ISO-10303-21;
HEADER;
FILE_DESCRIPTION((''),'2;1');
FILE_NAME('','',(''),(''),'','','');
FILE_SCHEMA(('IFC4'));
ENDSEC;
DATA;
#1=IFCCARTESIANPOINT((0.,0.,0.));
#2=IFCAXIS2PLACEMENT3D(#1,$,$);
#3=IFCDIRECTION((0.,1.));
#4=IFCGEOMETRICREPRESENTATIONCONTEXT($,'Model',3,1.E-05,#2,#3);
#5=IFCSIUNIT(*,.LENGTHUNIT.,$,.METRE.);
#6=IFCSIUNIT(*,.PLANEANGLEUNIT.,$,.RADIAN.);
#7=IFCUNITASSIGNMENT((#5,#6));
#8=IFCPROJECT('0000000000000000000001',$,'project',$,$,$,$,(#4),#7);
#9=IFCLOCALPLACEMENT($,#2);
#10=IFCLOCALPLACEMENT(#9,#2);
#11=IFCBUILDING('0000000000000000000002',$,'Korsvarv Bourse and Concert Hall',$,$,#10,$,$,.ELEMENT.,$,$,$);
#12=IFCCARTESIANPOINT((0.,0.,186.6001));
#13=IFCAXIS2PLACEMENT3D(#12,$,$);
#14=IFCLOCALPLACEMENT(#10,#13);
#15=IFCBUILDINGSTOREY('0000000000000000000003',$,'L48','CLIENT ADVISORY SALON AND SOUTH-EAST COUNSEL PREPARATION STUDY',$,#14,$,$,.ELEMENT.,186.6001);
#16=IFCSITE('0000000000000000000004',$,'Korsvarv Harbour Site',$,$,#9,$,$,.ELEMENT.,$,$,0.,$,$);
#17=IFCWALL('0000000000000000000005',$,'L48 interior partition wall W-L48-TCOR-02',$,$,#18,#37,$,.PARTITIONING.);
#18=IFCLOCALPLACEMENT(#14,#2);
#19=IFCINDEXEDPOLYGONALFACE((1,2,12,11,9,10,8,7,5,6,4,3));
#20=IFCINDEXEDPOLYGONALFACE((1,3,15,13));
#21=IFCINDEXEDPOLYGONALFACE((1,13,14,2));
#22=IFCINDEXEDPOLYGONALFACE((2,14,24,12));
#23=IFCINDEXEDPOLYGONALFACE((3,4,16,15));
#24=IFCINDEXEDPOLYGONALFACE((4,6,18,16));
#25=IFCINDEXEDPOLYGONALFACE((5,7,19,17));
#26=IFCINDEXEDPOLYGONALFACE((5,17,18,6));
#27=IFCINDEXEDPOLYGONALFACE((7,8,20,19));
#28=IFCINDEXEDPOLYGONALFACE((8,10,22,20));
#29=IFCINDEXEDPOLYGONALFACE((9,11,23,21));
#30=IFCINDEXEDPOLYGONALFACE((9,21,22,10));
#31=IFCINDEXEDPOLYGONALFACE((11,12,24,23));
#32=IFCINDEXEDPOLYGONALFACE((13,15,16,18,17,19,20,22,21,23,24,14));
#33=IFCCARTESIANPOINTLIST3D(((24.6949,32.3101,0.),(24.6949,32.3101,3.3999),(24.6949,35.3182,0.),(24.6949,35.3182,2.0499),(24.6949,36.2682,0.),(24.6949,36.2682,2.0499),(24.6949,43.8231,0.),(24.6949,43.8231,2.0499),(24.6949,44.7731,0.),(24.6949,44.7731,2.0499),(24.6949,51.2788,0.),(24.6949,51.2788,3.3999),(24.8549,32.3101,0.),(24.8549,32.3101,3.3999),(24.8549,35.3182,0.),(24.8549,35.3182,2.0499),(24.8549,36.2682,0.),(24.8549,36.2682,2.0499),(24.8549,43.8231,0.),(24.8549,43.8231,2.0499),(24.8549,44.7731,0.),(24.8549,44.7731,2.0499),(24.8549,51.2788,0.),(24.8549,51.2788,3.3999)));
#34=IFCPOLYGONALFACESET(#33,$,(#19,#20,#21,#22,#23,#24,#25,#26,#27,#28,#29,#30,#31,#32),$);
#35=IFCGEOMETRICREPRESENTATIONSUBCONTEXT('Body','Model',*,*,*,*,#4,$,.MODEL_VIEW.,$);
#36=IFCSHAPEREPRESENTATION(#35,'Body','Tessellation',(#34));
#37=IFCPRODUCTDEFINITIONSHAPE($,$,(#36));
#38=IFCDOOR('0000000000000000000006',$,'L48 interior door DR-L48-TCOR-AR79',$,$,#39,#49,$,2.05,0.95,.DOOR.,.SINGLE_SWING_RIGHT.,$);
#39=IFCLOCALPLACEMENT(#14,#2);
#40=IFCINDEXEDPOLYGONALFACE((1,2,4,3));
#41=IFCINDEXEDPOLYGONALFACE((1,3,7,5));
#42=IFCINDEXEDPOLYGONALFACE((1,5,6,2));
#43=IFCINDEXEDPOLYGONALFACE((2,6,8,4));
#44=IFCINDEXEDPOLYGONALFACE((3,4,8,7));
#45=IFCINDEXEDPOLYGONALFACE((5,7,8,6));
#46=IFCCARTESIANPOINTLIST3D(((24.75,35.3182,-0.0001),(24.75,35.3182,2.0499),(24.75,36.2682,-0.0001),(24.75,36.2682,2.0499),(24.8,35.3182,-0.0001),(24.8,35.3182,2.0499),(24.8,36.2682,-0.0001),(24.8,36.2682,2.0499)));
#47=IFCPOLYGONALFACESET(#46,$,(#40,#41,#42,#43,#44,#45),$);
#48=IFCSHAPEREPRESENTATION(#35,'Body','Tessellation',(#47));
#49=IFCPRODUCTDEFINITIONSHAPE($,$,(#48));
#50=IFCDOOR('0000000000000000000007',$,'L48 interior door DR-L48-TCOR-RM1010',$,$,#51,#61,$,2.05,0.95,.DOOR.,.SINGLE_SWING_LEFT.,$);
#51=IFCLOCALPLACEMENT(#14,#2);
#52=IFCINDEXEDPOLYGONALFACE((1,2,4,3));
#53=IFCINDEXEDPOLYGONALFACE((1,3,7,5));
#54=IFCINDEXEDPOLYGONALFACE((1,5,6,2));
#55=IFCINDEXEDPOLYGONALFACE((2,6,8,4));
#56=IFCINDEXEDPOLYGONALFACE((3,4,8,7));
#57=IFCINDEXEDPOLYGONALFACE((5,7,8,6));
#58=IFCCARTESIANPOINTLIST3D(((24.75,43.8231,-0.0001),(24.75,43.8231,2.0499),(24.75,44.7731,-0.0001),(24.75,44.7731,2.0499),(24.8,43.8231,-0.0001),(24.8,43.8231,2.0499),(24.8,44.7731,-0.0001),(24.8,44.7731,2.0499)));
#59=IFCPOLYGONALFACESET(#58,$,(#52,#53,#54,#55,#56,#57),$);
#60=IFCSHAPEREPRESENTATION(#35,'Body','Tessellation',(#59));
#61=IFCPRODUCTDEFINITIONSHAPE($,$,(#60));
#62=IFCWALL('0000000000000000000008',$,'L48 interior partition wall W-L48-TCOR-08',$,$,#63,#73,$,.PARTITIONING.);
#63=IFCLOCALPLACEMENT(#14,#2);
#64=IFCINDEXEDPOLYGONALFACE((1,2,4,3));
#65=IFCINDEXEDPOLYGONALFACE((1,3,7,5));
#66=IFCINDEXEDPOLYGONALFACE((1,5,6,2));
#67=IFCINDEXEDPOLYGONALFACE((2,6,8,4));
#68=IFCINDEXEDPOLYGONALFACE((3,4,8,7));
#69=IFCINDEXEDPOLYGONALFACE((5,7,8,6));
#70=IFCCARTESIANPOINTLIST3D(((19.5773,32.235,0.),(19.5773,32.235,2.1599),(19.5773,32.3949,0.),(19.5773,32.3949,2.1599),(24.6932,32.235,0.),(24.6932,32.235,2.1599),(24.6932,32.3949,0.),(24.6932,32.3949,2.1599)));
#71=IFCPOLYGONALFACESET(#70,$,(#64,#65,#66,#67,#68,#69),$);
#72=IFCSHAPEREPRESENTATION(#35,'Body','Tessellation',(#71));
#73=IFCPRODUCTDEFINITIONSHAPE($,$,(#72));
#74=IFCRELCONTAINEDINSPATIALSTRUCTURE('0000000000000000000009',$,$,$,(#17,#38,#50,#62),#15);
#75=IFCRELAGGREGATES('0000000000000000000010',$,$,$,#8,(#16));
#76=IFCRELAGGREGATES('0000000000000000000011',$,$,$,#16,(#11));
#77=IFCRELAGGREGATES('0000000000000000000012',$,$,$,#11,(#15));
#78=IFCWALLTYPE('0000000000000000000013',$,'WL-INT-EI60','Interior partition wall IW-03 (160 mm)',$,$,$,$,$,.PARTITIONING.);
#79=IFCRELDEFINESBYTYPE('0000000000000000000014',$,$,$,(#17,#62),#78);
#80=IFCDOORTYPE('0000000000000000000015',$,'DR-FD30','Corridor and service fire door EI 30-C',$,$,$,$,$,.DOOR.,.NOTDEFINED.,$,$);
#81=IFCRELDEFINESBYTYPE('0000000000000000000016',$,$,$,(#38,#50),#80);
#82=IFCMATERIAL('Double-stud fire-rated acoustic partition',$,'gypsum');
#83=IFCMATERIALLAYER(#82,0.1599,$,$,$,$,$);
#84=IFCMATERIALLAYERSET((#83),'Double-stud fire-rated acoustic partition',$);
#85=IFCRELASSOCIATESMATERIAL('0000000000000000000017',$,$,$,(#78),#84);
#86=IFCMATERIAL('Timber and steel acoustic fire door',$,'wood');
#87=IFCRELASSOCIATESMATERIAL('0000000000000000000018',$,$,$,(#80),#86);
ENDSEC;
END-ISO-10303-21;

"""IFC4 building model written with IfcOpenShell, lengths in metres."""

from ifc_helpers import new_model, si_unit, direction, frame, frame_2d, origin, place, context, subcontext, project, spatial, rectangle, extrude, material, layer, layer_set, type_object, element, fill, save


model = new_model("IFC4")

# Units and contexts
model_context = context("Model", 3, precision=1e-05, world=origin(), true_north=direction((0.0, 1.0)))
body_context = subcontext(model_context, "Body", "Model", "MODEL_VIEW")
ifc_project = project(units=[si_unit("LENGTHUNIT", "METRE"), si_unit("PLANEANGLEUNIT", "RADIAN")], contexts=[model_context])

# Site, building, storey
site_placement = place(None, origin())
site = spatial("IfcSite", under=ifc_project, at=site_placement, Name="Korsvarv Harbour Site", CompositionType="ELEMENT", RefElevation=0.0)
building_placement = place(site_placement, origin())
building = spatial("IfcBuilding", under=site, at=building_placement, Name="Korsvarv Bourse and Concert Hall", CompositionType="ELEMENT")
storey_placement = place(building_placement, frame((0.0, 0.0, 186.6001)))
storey = spatial("IfcBuildingStorey", under=building, at=storey_placement, Name="L48", Description="CLIENT ADVISORY SALON AND SOUTH-EAST COUNSEL PREPARATION STUDY", CompositionType="ELEMENT", Elevation=186.6001)

# Shared definitions
ifc_material_1 = material(Name="Double-stud fire-rated acoustic partition", Category="gypsum")
ifc_layer_1 = layer(ifc_material_1, 0.1599)
ifc_layer_set_1 = layer_set([ifc_layer_1], Name="Double-stud fire-rated acoustic partition")
wall_type_1 = type_object("IfcWallType", Name="WL-INT-EI60", Description="Interior partition wall IW-03 (160 mm)", PredefinedType="PARTITIONING", material=ifc_layer_set_1)

# Wall, openings, doors
wall_1_placement = place(storey_placement, frame((24.7749, 32.3101, 0.0), z_axis=(0.0, 0.0, 1.0), x_axis=(0.0, 1.0, 0.0)))
wall_1 = element("IfcWall", 1, at=wall_1_placement, inside=storey, type_object=wall_type_1, Name="L48 interior partition wall W-L48-TCOR-02", PredefinedType="PARTITIONING", context=body_context, shape_type="SweptSolid", body=[
    extrude(rectangle(XDim=18.9688, YDim=0.1599, at=frame_2d((9.4844, 0.0))), origin(), (0.0, 0.0, 1.0), 3.3999),
])
opening_1_placement = place(wall_1_placement, frame((3.0081, 0.0, 0.0)))
opening_1 = element("IfcOpeningElement", 2, at=opening_1_placement, cuts=wall_1, PredefinedType="OPENING", context=body_context, shape_type="SweptSolid", body=[
    extrude(rectangle(XDim=0.95, YDim=2.05, at=frame_2d((0.4751, 1.0249))), frame((0.0, 0.0898, 0.0), z_axis=(0.0, -1.0, 0.0), x_axis=(1.0, 0.0, 0.0)), (0.0, 0.0, 1.0), 0.1799),
])
opening_2_placement = place(wall_1_placement, frame((11.5129, 0.0, 0.0)))
opening_2 = element("IfcOpeningElement", 3, at=opening_2_placement, cuts=wall_1, PredefinedType="OPENING", context=body_context, shape_type="SweptSolid", body=[
    extrude(rectangle(XDim=0.95, YDim=2.05, at=frame_2d((0.4751, 1.0249))), frame((0.0, 0.0898, 0.0), z_axis=(0.0, -1.0, 0.0), x_axis=(1.0, 0.0, 0.0)), (0.0, 0.0, 1.0), 0.1799),
])
ifc_material_2 = material(Name="Timber and steel acoustic fire door", Category="wood")
door_type_1 = type_object("IfcDoorType", Name="DR-FD30", Description="Corridor and service fire door EI 30-C", OperationType="NOTDEFINED", PredefinedType="DOOR", material=ifc_material_2)
door_1_placement = place(opening_1_placement, origin())
door_1 = element("IfcDoor", 4, at=door_1_placement, inside=storey, type_object=door_type_1, Name="L48 interior door DR-L48-TCOR-AR79", OperationType="SINGLE_SWING_RIGHT", OverallHeight=2.05, OverallWidth=0.95, PredefinedType="DOOR", context=body_context, shape_type="SweptSolid", body=[
    extrude(rectangle(XDim=0.95, YDim=2.05, at=frame_2d((0.4751, 1.0249))), frame((0.0, 0.0249, 0.0), z_axis=(0.0, -1.0, 0.0), x_axis=(1.0, 0.0, 0.0)), (0.0, 0.0, 1.0), 0.05),
])
fill(opening_1, door_1)
door_2_placement = place(opening_2_placement, origin())
door_2 = element("IfcDoor", 5, at=door_2_placement, inside=storey, type_object=door_type_1, Name="L48 interior door DR-L48-TCOR-RM1010", OperationType="SINGLE_SWING_LEFT", OverallHeight=2.05, OverallWidth=0.95, PredefinedType="DOOR", context=body_context, shape_type="SweptSolid", body=[
    extrude(rectangle(XDim=0.95, YDim=2.05, at=frame_2d((0.4751, 1.0249))), frame((0.0, 0.0249, 0.0), z_axis=(0.0, -1.0, 0.0), x_axis=(1.0, 0.0, 0.0)), (0.0, 0.0, 1.0), 0.05),
])
fill(opening_2, door_2)

# Wall
wall_2_placement = place(storey_placement, frame((19.5771, 32.3149, 0.0), z_axis=(0.0, 0.0, 1.0), x_axis=(1.0, 0.0, 0.0)))
element("IfcWall", 6, at=wall_2_placement, inside=storey, type_object=wall_type_1, Name="L48 interior partition wall W-L48-TCOR-08", PredefinedType="PARTITIONING", context=body_context, shape_type="SweptSolid", body=[
    extrude(rectangle(XDim=5.116, YDim=0.1599, at=frame_2d((2.5581, 0.0))), origin(), (0.0, 0.0, 1.0), 2.1599),
])

save(model, "model.ifc")
